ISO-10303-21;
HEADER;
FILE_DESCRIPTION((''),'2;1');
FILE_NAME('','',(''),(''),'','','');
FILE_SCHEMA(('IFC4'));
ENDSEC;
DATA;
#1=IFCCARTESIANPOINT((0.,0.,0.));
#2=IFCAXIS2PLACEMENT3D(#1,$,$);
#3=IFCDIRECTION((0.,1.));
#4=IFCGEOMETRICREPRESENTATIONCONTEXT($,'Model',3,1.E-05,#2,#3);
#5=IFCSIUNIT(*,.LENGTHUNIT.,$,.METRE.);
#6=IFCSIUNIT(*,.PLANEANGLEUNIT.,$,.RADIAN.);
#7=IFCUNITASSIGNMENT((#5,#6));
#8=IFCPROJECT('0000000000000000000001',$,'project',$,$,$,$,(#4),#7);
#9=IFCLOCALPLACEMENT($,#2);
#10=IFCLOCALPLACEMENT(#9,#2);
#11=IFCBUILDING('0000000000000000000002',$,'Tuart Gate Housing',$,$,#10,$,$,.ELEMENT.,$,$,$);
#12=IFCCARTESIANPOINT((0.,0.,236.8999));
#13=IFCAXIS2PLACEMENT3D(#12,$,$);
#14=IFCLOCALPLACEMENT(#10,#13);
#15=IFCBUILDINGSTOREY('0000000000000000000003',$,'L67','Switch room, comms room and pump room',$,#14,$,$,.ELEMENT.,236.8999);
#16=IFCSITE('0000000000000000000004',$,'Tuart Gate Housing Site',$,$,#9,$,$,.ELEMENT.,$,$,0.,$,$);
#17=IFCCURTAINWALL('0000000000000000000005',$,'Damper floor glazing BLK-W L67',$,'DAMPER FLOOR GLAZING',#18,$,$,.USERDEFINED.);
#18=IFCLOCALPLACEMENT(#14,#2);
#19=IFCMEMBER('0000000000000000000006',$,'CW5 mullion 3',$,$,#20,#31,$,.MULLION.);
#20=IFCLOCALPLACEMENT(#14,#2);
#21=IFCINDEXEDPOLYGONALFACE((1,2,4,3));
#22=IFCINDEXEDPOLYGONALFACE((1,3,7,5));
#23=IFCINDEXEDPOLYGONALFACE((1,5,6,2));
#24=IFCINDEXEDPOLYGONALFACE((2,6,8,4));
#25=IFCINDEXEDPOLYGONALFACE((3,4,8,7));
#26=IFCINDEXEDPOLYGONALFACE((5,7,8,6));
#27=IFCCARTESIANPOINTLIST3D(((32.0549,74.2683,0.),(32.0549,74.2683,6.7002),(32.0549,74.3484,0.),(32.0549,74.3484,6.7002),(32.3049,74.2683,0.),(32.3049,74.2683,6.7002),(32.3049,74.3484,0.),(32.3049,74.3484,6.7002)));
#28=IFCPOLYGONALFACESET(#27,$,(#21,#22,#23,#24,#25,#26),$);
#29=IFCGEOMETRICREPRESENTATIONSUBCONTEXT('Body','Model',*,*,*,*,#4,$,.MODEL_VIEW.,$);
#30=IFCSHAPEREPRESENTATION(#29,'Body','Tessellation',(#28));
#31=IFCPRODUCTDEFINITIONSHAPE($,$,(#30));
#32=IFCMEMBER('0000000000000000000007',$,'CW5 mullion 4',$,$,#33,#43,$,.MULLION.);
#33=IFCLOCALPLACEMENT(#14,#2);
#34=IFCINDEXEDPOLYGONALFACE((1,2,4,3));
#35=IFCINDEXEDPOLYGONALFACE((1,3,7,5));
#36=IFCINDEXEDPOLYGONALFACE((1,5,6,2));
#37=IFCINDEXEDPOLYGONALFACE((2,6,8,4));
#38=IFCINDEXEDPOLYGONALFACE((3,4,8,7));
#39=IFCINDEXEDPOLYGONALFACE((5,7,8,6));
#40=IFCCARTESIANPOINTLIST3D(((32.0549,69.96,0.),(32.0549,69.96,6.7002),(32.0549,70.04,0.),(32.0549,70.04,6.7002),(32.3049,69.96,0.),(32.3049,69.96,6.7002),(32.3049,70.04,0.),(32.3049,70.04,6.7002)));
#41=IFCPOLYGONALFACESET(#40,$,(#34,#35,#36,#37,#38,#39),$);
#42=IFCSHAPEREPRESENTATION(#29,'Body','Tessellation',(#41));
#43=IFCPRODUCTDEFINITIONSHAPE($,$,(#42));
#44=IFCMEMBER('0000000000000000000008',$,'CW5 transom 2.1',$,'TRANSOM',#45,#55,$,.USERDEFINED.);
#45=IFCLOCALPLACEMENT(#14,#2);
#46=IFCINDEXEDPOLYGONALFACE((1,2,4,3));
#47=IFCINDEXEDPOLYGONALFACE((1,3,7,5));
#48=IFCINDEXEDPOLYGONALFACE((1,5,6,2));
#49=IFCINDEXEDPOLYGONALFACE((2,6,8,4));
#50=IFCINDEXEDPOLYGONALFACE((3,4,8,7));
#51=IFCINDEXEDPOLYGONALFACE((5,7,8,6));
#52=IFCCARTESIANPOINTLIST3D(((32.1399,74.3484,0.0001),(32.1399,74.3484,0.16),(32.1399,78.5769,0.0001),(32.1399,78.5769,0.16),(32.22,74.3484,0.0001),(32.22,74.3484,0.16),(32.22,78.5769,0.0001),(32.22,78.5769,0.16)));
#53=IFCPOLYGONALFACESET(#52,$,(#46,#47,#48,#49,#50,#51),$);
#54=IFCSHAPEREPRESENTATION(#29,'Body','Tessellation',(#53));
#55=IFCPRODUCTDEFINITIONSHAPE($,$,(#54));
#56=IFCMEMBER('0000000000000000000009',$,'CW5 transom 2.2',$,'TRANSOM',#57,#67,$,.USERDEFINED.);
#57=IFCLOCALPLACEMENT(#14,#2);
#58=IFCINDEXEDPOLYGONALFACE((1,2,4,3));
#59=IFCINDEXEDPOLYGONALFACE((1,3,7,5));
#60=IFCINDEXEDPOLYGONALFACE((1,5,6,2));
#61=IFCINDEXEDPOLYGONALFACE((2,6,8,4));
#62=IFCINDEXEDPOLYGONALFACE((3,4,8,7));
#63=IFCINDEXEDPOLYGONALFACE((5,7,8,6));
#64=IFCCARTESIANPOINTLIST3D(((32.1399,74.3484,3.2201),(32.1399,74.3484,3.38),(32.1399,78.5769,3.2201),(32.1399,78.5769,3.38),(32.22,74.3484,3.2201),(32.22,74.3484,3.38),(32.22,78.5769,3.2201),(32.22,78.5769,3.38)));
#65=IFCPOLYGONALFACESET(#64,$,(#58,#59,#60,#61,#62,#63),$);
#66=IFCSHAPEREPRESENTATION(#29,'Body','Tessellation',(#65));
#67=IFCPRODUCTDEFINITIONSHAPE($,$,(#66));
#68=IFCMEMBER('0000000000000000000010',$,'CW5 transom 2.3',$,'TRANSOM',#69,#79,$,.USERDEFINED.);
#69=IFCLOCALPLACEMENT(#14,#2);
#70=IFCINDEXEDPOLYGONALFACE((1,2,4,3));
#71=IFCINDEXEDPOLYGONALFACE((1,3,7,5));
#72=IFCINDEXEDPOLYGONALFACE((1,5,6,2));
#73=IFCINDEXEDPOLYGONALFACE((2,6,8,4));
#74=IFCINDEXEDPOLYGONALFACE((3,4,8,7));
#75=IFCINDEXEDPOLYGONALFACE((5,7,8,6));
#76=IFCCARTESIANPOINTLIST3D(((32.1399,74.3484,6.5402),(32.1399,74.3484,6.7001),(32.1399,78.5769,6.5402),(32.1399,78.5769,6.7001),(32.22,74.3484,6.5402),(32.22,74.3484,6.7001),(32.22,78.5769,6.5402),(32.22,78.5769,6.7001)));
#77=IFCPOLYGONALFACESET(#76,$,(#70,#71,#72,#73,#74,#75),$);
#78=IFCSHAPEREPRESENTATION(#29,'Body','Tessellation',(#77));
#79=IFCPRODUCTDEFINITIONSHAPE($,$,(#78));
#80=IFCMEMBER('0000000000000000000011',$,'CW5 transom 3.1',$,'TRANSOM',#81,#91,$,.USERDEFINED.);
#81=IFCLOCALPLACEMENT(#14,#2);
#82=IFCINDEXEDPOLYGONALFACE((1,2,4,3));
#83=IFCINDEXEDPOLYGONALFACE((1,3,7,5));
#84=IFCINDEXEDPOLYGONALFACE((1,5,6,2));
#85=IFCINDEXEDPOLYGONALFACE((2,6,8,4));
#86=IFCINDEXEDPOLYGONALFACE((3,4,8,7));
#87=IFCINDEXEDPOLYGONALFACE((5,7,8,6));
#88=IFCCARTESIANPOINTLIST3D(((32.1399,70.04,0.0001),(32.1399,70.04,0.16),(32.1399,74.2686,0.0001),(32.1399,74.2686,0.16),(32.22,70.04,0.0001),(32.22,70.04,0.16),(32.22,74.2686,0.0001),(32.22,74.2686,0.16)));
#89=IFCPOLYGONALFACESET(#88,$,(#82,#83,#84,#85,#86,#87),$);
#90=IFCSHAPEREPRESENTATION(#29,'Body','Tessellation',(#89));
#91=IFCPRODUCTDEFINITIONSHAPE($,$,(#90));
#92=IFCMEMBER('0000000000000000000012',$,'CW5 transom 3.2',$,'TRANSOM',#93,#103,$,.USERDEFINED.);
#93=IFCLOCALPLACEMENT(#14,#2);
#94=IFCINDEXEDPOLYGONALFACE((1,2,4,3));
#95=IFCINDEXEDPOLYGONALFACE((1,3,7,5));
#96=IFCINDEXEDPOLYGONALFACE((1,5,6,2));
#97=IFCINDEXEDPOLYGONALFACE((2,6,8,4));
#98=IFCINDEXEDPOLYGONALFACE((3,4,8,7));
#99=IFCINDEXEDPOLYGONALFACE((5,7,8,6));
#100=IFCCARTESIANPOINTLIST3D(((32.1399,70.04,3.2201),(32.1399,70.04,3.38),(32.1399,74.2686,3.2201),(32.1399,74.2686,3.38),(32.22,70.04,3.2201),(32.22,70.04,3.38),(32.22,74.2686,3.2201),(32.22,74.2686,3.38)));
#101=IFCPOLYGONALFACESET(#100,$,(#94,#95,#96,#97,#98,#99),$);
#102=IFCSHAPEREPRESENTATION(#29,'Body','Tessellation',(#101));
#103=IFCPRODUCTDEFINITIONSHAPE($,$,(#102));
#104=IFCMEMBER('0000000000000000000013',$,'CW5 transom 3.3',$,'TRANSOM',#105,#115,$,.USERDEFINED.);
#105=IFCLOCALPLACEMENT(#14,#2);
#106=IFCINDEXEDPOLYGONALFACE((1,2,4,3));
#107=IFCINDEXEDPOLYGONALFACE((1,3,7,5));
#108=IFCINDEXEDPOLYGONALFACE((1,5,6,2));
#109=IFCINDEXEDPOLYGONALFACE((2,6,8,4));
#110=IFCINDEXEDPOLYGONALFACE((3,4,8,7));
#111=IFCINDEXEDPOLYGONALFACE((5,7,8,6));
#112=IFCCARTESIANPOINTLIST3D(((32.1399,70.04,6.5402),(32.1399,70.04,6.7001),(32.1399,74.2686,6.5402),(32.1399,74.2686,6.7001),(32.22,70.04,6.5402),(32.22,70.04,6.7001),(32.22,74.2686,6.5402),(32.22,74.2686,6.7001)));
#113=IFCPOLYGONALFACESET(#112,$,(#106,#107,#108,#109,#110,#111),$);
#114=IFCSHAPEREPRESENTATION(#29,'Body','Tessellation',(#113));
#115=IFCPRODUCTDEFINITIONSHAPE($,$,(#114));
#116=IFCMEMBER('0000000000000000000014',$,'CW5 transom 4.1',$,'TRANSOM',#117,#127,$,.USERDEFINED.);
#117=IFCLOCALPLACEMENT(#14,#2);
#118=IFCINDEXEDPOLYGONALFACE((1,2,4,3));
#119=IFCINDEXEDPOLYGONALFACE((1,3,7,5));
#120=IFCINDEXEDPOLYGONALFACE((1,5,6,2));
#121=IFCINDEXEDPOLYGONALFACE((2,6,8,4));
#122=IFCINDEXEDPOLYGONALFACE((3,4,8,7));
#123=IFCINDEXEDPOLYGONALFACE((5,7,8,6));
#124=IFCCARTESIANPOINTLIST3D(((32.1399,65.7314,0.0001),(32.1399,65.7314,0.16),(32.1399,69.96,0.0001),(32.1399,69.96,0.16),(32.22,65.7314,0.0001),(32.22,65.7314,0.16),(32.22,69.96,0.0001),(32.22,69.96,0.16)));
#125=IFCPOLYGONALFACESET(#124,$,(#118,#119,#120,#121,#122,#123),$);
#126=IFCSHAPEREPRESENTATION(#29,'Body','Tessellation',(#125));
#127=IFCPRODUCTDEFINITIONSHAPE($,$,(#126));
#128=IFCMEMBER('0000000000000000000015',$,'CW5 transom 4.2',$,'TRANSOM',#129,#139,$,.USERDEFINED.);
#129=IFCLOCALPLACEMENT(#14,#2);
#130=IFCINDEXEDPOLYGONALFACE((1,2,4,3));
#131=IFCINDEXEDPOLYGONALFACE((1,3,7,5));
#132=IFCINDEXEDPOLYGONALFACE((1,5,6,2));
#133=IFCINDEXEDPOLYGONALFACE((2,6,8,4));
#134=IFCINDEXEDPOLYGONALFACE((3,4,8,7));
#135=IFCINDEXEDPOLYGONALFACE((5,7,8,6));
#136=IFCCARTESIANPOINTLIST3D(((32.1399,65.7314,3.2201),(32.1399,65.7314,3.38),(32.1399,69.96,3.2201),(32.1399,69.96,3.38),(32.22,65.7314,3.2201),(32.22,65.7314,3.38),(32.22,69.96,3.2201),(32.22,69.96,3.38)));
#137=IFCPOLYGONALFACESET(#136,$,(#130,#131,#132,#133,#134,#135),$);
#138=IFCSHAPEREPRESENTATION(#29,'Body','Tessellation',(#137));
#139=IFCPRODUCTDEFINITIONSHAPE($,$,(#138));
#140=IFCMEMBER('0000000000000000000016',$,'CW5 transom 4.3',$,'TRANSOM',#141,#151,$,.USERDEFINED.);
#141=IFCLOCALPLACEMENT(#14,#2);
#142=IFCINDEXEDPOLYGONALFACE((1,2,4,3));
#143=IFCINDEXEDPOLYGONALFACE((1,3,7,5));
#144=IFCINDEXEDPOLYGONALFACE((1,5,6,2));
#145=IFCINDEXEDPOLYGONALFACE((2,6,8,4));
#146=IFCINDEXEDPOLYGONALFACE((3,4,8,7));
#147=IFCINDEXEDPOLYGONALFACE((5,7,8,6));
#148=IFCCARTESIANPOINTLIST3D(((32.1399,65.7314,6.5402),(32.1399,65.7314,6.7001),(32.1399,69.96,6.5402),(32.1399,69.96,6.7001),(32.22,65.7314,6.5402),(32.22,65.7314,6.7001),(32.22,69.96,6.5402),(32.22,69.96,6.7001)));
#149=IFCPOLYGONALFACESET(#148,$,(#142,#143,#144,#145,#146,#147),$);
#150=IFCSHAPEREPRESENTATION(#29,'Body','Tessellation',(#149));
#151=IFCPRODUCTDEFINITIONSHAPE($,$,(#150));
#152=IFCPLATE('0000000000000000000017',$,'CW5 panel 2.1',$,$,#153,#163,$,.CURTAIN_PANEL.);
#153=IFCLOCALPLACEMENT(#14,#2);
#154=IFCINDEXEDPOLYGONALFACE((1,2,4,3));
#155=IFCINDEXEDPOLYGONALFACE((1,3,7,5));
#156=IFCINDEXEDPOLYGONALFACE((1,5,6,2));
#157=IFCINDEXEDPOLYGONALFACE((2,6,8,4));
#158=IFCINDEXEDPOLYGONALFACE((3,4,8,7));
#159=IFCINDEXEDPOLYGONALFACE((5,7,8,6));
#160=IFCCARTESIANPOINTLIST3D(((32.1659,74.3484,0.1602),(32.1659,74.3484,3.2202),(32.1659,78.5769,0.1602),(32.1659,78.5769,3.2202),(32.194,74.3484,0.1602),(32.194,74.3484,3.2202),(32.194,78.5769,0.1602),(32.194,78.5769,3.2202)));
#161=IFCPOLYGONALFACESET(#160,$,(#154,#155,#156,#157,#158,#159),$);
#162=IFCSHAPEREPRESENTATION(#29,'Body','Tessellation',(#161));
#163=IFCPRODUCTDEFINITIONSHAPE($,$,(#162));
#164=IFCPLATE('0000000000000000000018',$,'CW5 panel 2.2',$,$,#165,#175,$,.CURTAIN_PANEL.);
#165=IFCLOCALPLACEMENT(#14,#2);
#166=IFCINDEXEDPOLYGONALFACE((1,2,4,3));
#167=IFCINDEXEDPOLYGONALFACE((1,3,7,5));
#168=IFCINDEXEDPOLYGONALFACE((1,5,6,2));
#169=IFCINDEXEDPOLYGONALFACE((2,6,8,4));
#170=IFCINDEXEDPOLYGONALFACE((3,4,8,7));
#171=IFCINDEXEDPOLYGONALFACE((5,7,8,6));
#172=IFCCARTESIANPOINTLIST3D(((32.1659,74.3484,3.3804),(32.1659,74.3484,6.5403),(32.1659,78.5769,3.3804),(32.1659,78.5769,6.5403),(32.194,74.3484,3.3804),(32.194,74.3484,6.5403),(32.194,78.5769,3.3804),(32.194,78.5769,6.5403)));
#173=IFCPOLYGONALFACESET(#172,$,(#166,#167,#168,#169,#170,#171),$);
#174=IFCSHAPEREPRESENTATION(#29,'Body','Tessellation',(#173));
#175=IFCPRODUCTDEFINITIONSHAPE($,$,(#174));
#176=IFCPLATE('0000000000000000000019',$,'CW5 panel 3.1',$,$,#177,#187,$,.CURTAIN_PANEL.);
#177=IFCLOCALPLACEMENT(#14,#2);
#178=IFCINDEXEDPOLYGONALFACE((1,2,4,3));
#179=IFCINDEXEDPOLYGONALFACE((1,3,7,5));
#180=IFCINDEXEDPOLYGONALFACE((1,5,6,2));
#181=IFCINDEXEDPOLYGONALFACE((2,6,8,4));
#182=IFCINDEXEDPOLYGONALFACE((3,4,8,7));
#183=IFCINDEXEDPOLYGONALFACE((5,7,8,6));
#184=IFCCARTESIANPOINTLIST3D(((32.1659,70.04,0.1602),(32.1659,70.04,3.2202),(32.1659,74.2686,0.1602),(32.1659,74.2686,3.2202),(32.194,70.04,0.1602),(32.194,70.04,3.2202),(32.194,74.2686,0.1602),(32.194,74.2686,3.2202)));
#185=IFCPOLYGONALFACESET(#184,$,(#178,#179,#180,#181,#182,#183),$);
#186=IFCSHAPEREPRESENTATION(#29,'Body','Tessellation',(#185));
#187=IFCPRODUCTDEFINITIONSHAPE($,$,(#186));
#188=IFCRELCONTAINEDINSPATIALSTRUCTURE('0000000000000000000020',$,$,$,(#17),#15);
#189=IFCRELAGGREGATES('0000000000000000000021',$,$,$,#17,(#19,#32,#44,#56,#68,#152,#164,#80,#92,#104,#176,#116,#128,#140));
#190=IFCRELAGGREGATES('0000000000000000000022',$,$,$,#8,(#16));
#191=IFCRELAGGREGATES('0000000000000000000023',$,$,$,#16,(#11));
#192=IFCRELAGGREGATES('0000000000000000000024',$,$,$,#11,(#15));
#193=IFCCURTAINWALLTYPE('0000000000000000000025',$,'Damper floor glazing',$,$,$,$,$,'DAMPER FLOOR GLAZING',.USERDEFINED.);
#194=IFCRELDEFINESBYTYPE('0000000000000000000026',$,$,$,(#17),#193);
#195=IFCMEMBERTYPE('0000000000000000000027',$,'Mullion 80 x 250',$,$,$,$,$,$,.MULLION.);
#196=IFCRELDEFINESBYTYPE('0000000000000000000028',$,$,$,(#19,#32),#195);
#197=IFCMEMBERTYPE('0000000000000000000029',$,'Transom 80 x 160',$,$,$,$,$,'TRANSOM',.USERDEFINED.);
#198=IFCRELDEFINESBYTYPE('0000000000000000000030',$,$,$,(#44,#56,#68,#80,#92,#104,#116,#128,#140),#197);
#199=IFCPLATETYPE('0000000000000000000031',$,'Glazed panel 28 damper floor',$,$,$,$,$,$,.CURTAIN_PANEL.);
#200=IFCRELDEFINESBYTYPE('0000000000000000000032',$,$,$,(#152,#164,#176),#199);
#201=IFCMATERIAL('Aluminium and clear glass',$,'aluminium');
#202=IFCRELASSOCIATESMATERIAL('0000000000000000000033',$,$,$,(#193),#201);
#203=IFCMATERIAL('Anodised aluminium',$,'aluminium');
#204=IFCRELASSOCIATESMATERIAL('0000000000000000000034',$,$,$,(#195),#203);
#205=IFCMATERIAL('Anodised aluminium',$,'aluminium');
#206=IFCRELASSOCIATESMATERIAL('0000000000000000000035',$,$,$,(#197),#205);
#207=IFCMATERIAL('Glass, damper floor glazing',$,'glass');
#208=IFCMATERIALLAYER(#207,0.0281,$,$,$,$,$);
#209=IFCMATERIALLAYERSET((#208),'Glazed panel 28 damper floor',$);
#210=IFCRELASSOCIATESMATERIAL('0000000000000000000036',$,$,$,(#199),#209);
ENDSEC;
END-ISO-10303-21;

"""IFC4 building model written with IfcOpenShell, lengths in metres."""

from ifc_helpers import new_model, si_unit, direction, frame, origin, origin_2d, place, context, subcontext, project, spatial, rectangle, extrude, material, layer, layer_set, material_profile, profile_set, type_object, element, aggregate, save


model = new_model("IFC4")

# Units and contexts
model_context = context("Model", 3, precision=1e-05, world=origin(), true_north=direction((0.0, 1.0)))
body_context = subcontext(model_context, "Body", "Model", "MODEL_VIEW")
ifc_project = project(units=[si_unit("LENGTHUNIT", "METRE"), si_unit("PLANEANGLEUNIT", "RADIAN")], contexts=[model_context])

# Site, building, storey
site_placement = place(None, origin())
site = spatial("IfcSite", under=ifc_project, at=site_placement, Name="Tuart Gate Housing Site", CompositionType="ELEMENT", RefElevation=0.0)
building_placement = place(site_placement, origin())
building = spatial("IfcBuilding", under=site, at=building_placement, Name="Tuart Gate Housing", CompositionType="ELEMENT")
storey_placement = place(building_placement, frame((0.0, 0.0, 236.8999)))
storey = spatial("IfcBuildingStorey", under=building, at=storey_placement, Name="L67", Description="Switch room, comms room and pump room", CompositionType="ELEMENT", Elevation=236.8999)

# Curtain wall, members, plates
ifc_material_1 = material(Name="Aluminium and clear glass", Category="aluminium")
curtain_wall_type = type_object("IfcCurtainWallType", Name="Damper floor glazing", ElementType="DAMPER FLOOR GLAZING", PredefinedType="USERDEFINED", material=ifc_material_1)
curtain_wall_placement = place(storey_placement, origin())
curtain_wall = element("IfcCurtainWall", 1, at=curtain_wall_placement, inside=storey, type_object=curtain_wall_type, Name="Damper floor glazing BLK-W L67", ObjectType="DAMPER FLOOR GLAZING", PredefinedType="USERDEFINED")
ifc_material_2 = material(Name="Anodised aluminium", Category="aluminium")
ifc_material_profile_1 = material_profile(ifc_material_2, rectangle(XDim=0.0801, YDim=0.25, at=origin_2d()), Name="80x250")
ifc_profile_set_1 = profile_set([ifc_material_profile_1], Name="Anodised aluminium")
member_type_1 = type_object("IfcMemberType", Name="Mullion 80 x 250", PredefinedType="MULLION", material=ifc_profile_set_1)
member_1_placement = place(storey_placement, frame((32.1799, 74.3083, 0.0), z_axis=(0.0, 0.0, 1.0), x_axis=(0.0, -1.0, 0.0)))
member_1 = element("IfcMember", 2, at=member_1_placement, type_object=member_type_1, Name="CW5 mullion 3", PredefinedType="MULLION", context=body_context, shape_type="SweptSolid", body=[
    extrude(rectangle(XDim=0.0801, YDim=0.25, at=origin_2d()), origin(), (0.0, 0.0, 1.0), 6.7002),
])
member_2_placement = place(storey_placement, frame((32.1799, 70.0, 0.0), z_axis=(0.0, 0.0, 1.0), x_axis=(0.0, -1.0, 0.0)))
member_2 = element("IfcMember", 3, at=member_2_placement, type_object=member_type_1, Name="CW5 mullion 4", PredefinedType="MULLION", context=body_context, shape_type="SweptSolid", body=[
    extrude(rectangle(XDim=0.0801, YDim=0.25, at=origin_2d()), origin(), (0.0, 0.0, 1.0), 6.7002),
])
ifc_material_3 = material(Name="Anodised aluminium", Category="aluminium")
ifc_material_profile_2 = material_profile(ifc_material_3, rectangle(XDim=0.0801, YDim=0.1599, at=origin_2d()), Name="80x160")
ifc_profile_set_2 = profile_set([ifc_material_profile_2], Name="Anodised aluminium")
member_type_2 = type_object("IfcMemberType", Name="Transom 80 x 160", ElementType="TRANSOM", PredefinedType="USERDEFINED", material=ifc_profile_set_2)
member_3_placement = place(storey_placement, frame((32.1799, 78.5769, 0.0801), z_axis=(0.0, -1.0, 0.0), x_axis=(1.0, 0.0, 0.0)))
member_3 = element("IfcMember", 4, at=member_3_placement, type_object=member_type_2, Name="CW5 transom 2.1", ObjectType="TRANSOM", PredefinedType="USERDEFINED", context=body_context, shape_type="SweptSolid", body=[
    extrude(rectangle(XDim=0.0801, YDim=0.1599, at=origin_2d()), origin(), (0.0, 0.0, 1.0), 4.2285),
])
member_4_placement = place(storey_placement, frame((32.1799, 78.5769, 3.3), z_axis=(0.0, -1.0, 0.0), x_axis=(1.0, 0.0, 0.0)))
member_4 = element("IfcMember", 5, at=member_4_placement, type_object=member_type_2, Name="CW5 transom 2.2", ObjectType="TRANSOM", PredefinedType="USERDEFINED", context=body_context, shape_type="SweptSolid", body=[
    extrude(rectangle(XDim=0.0801, YDim=0.1599, at=origin_2d()), origin(), (0.0, 0.0, 1.0), 4.2285),
])
member_5_placement = place(storey_placement, frame((32.1799, 78.5769, 6.6201), z_axis=(0.0, -1.0, 0.0), x_axis=(1.0, 0.0, 0.0)))
member_5 = element("IfcMember", 6, at=member_5_placement, type_object=member_type_2, Name="CW5 transom 2.3", ObjectType="TRANSOM", PredefinedType="USERDEFINED", context=body_context, shape_type="SweptSolid", body=[
    extrude(rectangle(XDim=0.0801, YDim=0.1599, at=origin_2d()), origin(), (0.0, 0.0, 1.0), 4.2285),
])
member_6_placement = place(storey_placement, frame((32.1799, 74.2686, 0.0801), z_axis=(0.0, -1.0, 0.0), x_axis=(1.0, 0.0, 0.0)))
member_6 = element("IfcMember", 7, at=member_6_placement, type_object=member_type_2, Name="CW5 transom 3.1", ObjectType="TRANSOM", PredefinedType="USERDEFINED", context=body_context, shape_type="SweptSolid", body=[
    extrude(rectangle(XDim=0.0801, YDim=0.1599, at=origin_2d()), origin(), (0.0, 0.0, 1.0), 4.2285),
])
member_7_placement = place(storey_placement, frame((32.1799, 74.2686, 3.3), z_axis=(0.0, -1.0, 0.0), x_axis=(1.0, 0.0, 0.0)))
member_7 = element("IfcMember", 8, at=member_7_placement, type_object=member_type_2, Name="CW5 transom 3.2", ObjectType="TRANSOM", PredefinedType="USERDEFINED", context=body_context, shape_type="SweptSolid", body=[
    extrude(rectangle(XDim=0.0801, YDim=0.1599, at=origin_2d()), origin(), (0.0, 0.0, 1.0), 4.2285),
])
member_8_placement = place(storey_placement, frame((32.1799, 74.2686, 6.6201), z_axis=(0.0, -1.0, 0.0), x_axis=(1.0, 0.0, 0.0)))
member_8 = element("IfcMember", 9, at=member_8_placement, type_object=member_type_2, Name="CW5 transom 3.3", ObjectType="TRANSOM", PredefinedType="USERDEFINED", context=body_context, shape_type="SweptSolid", body=[
    extrude(rectangle(XDim=0.0801, YDim=0.1599, at=origin_2d()), origin(), (0.0, 0.0, 1.0), 4.2285),
])
member_9_placement = place(storey_placement, frame((32.1799, 69.96, 0.0801), z_axis=(0.0, -1.0, 0.0), x_axis=(1.0, 0.0, 0.0)))
member_9 = element("IfcMember", 10, at=member_9_placement, type_object=member_type_2, Name="CW5 transom 4.1", ObjectType="TRANSOM", PredefinedType="USERDEFINED", context=body_context, shape_type="SweptSolid", body=[
    extrude(rectangle(XDim=0.0801, YDim=0.1599, at=origin_2d()), origin(), (0.0, 0.0, 1.0), 4.2285),
])
member_10_placement = place(storey_placement, frame((32.1799, 69.96, 3.3), z_axis=(0.0, -1.0, 0.0), x_axis=(1.0, 0.0, 0.0)))
member_10 = element("IfcMember", 11, at=member_10_placement, type_object=member_type_2, Name="CW5 transom 4.2", ObjectType="TRANSOM", PredefinedType="USERDEFINED", context=body_context, shape_type="SweptSolid", body=[
    extrude(rectangle(XDim=0.0801, YDim=0.1599, at=origin_2d()), origin(), (0.0, 0.0, 1.0), 4.2285),
])
member_11_placement = place(storey_placement, frame((32.1799, 69.96, 6.6201), z_axis=(0.0, -1.0, 0.0), x_axis=(1.0, 0.0, 0.0)))
member_11 = element("IfcMember", 12, at=member_11_placement, type_object=member_type_2, Name="CW5 transom 4.3", ObjectType="TRANSOM", PredefinedType="USERDEFINED", context=body_context, shape_type="SweptSolid", body=[
    extrude(rectangle(XDim=0.0801, YDim=0.1599, at=origin_2d()), origin(), (0.0, 0.0, 1.0), 4.2285),
])
ifc_material_4 = material(Name="Glass, damper floor glazing", Category="glass")
ifc_layer_1 = layer(ifc_material_4, 0.0281)
ifc_layer_set_1 = layer_set([ifc_layer_1], Name="Glazed panel 28 damper floor")
plate_type = type_object("IfcPlateType", Name="Glazed panel 28 damper floor", PredefinedType="CURTAIN_PANEL", material=ifc_layer_set_1)
plate_1_placement = place(storey_placement, frame((32.1799, 76.4626, 0.1602), z_axis=(0.0, 0.0, 1.0), x_axis=(0.0, -1.0, 0.0)))
plate_1 = element("IfcPlate", 13, at=plate_1_placement, type_object=plate_type, Name="CW5 panel 2.1", PredefinedType="CURTAIN_PANEL", context=body_context, shape_type="SweptSolid", body=[
    extrude(rectangle(XDim=4.2285, YDim=0.0281, at=origin_2d()), origin(), (0.0, 0.0, 1.0), 3.0601),
])
plate_2_placement = place(storey_placement, frame((32.1799, 76.4626, 3.3804), z_axis=(0.0, 0.0, 1.0), x_axis=(0.0, -1.0, 0.0)))
plate_2 = element("IfcPlate", 14, at=plate_2_placement, type_object=plate_type, Name="CW5 panel 2.2", PredefinedType="CURTAIN_PANEL", context=body_context, shape_type="SweptSolid", body=[
    extrude(rectangle(XDim=4.2285, YDim=0.0281, at=origin_2d()), origin(), (0.0, 0.0, 1.0), 3.1599),
])
plate_3_placement = place(storey_placement, frame((32.1799, 72.1543, 0.1602), z_axis=(0.0, 0.0, 1.0), x_axis=(0.0, -1.0, 0.0)))
plate_3 = element("IfcPlate", 15, at=plate_3_placement, type_object=plate_type, Name="CW5 panel 3.1", PredefinedType="CURTAIN_PANEL", context=body_context, shape_type="SweptSolid", body=[
    extrude(rectangle(XDim=4.2285, YDim=0.0281, at=origin_2d()), origin(), (0.0, 0.0, 1.0), 3.0601),
])
aggregate(curtain_wall, [member_1, member_2, member_3, member_4, member_5, plate_1, plate_2, member_6, member_7, member_8, plate_3, member_9, member_10, member_11])

save(model, "model.ifc")
